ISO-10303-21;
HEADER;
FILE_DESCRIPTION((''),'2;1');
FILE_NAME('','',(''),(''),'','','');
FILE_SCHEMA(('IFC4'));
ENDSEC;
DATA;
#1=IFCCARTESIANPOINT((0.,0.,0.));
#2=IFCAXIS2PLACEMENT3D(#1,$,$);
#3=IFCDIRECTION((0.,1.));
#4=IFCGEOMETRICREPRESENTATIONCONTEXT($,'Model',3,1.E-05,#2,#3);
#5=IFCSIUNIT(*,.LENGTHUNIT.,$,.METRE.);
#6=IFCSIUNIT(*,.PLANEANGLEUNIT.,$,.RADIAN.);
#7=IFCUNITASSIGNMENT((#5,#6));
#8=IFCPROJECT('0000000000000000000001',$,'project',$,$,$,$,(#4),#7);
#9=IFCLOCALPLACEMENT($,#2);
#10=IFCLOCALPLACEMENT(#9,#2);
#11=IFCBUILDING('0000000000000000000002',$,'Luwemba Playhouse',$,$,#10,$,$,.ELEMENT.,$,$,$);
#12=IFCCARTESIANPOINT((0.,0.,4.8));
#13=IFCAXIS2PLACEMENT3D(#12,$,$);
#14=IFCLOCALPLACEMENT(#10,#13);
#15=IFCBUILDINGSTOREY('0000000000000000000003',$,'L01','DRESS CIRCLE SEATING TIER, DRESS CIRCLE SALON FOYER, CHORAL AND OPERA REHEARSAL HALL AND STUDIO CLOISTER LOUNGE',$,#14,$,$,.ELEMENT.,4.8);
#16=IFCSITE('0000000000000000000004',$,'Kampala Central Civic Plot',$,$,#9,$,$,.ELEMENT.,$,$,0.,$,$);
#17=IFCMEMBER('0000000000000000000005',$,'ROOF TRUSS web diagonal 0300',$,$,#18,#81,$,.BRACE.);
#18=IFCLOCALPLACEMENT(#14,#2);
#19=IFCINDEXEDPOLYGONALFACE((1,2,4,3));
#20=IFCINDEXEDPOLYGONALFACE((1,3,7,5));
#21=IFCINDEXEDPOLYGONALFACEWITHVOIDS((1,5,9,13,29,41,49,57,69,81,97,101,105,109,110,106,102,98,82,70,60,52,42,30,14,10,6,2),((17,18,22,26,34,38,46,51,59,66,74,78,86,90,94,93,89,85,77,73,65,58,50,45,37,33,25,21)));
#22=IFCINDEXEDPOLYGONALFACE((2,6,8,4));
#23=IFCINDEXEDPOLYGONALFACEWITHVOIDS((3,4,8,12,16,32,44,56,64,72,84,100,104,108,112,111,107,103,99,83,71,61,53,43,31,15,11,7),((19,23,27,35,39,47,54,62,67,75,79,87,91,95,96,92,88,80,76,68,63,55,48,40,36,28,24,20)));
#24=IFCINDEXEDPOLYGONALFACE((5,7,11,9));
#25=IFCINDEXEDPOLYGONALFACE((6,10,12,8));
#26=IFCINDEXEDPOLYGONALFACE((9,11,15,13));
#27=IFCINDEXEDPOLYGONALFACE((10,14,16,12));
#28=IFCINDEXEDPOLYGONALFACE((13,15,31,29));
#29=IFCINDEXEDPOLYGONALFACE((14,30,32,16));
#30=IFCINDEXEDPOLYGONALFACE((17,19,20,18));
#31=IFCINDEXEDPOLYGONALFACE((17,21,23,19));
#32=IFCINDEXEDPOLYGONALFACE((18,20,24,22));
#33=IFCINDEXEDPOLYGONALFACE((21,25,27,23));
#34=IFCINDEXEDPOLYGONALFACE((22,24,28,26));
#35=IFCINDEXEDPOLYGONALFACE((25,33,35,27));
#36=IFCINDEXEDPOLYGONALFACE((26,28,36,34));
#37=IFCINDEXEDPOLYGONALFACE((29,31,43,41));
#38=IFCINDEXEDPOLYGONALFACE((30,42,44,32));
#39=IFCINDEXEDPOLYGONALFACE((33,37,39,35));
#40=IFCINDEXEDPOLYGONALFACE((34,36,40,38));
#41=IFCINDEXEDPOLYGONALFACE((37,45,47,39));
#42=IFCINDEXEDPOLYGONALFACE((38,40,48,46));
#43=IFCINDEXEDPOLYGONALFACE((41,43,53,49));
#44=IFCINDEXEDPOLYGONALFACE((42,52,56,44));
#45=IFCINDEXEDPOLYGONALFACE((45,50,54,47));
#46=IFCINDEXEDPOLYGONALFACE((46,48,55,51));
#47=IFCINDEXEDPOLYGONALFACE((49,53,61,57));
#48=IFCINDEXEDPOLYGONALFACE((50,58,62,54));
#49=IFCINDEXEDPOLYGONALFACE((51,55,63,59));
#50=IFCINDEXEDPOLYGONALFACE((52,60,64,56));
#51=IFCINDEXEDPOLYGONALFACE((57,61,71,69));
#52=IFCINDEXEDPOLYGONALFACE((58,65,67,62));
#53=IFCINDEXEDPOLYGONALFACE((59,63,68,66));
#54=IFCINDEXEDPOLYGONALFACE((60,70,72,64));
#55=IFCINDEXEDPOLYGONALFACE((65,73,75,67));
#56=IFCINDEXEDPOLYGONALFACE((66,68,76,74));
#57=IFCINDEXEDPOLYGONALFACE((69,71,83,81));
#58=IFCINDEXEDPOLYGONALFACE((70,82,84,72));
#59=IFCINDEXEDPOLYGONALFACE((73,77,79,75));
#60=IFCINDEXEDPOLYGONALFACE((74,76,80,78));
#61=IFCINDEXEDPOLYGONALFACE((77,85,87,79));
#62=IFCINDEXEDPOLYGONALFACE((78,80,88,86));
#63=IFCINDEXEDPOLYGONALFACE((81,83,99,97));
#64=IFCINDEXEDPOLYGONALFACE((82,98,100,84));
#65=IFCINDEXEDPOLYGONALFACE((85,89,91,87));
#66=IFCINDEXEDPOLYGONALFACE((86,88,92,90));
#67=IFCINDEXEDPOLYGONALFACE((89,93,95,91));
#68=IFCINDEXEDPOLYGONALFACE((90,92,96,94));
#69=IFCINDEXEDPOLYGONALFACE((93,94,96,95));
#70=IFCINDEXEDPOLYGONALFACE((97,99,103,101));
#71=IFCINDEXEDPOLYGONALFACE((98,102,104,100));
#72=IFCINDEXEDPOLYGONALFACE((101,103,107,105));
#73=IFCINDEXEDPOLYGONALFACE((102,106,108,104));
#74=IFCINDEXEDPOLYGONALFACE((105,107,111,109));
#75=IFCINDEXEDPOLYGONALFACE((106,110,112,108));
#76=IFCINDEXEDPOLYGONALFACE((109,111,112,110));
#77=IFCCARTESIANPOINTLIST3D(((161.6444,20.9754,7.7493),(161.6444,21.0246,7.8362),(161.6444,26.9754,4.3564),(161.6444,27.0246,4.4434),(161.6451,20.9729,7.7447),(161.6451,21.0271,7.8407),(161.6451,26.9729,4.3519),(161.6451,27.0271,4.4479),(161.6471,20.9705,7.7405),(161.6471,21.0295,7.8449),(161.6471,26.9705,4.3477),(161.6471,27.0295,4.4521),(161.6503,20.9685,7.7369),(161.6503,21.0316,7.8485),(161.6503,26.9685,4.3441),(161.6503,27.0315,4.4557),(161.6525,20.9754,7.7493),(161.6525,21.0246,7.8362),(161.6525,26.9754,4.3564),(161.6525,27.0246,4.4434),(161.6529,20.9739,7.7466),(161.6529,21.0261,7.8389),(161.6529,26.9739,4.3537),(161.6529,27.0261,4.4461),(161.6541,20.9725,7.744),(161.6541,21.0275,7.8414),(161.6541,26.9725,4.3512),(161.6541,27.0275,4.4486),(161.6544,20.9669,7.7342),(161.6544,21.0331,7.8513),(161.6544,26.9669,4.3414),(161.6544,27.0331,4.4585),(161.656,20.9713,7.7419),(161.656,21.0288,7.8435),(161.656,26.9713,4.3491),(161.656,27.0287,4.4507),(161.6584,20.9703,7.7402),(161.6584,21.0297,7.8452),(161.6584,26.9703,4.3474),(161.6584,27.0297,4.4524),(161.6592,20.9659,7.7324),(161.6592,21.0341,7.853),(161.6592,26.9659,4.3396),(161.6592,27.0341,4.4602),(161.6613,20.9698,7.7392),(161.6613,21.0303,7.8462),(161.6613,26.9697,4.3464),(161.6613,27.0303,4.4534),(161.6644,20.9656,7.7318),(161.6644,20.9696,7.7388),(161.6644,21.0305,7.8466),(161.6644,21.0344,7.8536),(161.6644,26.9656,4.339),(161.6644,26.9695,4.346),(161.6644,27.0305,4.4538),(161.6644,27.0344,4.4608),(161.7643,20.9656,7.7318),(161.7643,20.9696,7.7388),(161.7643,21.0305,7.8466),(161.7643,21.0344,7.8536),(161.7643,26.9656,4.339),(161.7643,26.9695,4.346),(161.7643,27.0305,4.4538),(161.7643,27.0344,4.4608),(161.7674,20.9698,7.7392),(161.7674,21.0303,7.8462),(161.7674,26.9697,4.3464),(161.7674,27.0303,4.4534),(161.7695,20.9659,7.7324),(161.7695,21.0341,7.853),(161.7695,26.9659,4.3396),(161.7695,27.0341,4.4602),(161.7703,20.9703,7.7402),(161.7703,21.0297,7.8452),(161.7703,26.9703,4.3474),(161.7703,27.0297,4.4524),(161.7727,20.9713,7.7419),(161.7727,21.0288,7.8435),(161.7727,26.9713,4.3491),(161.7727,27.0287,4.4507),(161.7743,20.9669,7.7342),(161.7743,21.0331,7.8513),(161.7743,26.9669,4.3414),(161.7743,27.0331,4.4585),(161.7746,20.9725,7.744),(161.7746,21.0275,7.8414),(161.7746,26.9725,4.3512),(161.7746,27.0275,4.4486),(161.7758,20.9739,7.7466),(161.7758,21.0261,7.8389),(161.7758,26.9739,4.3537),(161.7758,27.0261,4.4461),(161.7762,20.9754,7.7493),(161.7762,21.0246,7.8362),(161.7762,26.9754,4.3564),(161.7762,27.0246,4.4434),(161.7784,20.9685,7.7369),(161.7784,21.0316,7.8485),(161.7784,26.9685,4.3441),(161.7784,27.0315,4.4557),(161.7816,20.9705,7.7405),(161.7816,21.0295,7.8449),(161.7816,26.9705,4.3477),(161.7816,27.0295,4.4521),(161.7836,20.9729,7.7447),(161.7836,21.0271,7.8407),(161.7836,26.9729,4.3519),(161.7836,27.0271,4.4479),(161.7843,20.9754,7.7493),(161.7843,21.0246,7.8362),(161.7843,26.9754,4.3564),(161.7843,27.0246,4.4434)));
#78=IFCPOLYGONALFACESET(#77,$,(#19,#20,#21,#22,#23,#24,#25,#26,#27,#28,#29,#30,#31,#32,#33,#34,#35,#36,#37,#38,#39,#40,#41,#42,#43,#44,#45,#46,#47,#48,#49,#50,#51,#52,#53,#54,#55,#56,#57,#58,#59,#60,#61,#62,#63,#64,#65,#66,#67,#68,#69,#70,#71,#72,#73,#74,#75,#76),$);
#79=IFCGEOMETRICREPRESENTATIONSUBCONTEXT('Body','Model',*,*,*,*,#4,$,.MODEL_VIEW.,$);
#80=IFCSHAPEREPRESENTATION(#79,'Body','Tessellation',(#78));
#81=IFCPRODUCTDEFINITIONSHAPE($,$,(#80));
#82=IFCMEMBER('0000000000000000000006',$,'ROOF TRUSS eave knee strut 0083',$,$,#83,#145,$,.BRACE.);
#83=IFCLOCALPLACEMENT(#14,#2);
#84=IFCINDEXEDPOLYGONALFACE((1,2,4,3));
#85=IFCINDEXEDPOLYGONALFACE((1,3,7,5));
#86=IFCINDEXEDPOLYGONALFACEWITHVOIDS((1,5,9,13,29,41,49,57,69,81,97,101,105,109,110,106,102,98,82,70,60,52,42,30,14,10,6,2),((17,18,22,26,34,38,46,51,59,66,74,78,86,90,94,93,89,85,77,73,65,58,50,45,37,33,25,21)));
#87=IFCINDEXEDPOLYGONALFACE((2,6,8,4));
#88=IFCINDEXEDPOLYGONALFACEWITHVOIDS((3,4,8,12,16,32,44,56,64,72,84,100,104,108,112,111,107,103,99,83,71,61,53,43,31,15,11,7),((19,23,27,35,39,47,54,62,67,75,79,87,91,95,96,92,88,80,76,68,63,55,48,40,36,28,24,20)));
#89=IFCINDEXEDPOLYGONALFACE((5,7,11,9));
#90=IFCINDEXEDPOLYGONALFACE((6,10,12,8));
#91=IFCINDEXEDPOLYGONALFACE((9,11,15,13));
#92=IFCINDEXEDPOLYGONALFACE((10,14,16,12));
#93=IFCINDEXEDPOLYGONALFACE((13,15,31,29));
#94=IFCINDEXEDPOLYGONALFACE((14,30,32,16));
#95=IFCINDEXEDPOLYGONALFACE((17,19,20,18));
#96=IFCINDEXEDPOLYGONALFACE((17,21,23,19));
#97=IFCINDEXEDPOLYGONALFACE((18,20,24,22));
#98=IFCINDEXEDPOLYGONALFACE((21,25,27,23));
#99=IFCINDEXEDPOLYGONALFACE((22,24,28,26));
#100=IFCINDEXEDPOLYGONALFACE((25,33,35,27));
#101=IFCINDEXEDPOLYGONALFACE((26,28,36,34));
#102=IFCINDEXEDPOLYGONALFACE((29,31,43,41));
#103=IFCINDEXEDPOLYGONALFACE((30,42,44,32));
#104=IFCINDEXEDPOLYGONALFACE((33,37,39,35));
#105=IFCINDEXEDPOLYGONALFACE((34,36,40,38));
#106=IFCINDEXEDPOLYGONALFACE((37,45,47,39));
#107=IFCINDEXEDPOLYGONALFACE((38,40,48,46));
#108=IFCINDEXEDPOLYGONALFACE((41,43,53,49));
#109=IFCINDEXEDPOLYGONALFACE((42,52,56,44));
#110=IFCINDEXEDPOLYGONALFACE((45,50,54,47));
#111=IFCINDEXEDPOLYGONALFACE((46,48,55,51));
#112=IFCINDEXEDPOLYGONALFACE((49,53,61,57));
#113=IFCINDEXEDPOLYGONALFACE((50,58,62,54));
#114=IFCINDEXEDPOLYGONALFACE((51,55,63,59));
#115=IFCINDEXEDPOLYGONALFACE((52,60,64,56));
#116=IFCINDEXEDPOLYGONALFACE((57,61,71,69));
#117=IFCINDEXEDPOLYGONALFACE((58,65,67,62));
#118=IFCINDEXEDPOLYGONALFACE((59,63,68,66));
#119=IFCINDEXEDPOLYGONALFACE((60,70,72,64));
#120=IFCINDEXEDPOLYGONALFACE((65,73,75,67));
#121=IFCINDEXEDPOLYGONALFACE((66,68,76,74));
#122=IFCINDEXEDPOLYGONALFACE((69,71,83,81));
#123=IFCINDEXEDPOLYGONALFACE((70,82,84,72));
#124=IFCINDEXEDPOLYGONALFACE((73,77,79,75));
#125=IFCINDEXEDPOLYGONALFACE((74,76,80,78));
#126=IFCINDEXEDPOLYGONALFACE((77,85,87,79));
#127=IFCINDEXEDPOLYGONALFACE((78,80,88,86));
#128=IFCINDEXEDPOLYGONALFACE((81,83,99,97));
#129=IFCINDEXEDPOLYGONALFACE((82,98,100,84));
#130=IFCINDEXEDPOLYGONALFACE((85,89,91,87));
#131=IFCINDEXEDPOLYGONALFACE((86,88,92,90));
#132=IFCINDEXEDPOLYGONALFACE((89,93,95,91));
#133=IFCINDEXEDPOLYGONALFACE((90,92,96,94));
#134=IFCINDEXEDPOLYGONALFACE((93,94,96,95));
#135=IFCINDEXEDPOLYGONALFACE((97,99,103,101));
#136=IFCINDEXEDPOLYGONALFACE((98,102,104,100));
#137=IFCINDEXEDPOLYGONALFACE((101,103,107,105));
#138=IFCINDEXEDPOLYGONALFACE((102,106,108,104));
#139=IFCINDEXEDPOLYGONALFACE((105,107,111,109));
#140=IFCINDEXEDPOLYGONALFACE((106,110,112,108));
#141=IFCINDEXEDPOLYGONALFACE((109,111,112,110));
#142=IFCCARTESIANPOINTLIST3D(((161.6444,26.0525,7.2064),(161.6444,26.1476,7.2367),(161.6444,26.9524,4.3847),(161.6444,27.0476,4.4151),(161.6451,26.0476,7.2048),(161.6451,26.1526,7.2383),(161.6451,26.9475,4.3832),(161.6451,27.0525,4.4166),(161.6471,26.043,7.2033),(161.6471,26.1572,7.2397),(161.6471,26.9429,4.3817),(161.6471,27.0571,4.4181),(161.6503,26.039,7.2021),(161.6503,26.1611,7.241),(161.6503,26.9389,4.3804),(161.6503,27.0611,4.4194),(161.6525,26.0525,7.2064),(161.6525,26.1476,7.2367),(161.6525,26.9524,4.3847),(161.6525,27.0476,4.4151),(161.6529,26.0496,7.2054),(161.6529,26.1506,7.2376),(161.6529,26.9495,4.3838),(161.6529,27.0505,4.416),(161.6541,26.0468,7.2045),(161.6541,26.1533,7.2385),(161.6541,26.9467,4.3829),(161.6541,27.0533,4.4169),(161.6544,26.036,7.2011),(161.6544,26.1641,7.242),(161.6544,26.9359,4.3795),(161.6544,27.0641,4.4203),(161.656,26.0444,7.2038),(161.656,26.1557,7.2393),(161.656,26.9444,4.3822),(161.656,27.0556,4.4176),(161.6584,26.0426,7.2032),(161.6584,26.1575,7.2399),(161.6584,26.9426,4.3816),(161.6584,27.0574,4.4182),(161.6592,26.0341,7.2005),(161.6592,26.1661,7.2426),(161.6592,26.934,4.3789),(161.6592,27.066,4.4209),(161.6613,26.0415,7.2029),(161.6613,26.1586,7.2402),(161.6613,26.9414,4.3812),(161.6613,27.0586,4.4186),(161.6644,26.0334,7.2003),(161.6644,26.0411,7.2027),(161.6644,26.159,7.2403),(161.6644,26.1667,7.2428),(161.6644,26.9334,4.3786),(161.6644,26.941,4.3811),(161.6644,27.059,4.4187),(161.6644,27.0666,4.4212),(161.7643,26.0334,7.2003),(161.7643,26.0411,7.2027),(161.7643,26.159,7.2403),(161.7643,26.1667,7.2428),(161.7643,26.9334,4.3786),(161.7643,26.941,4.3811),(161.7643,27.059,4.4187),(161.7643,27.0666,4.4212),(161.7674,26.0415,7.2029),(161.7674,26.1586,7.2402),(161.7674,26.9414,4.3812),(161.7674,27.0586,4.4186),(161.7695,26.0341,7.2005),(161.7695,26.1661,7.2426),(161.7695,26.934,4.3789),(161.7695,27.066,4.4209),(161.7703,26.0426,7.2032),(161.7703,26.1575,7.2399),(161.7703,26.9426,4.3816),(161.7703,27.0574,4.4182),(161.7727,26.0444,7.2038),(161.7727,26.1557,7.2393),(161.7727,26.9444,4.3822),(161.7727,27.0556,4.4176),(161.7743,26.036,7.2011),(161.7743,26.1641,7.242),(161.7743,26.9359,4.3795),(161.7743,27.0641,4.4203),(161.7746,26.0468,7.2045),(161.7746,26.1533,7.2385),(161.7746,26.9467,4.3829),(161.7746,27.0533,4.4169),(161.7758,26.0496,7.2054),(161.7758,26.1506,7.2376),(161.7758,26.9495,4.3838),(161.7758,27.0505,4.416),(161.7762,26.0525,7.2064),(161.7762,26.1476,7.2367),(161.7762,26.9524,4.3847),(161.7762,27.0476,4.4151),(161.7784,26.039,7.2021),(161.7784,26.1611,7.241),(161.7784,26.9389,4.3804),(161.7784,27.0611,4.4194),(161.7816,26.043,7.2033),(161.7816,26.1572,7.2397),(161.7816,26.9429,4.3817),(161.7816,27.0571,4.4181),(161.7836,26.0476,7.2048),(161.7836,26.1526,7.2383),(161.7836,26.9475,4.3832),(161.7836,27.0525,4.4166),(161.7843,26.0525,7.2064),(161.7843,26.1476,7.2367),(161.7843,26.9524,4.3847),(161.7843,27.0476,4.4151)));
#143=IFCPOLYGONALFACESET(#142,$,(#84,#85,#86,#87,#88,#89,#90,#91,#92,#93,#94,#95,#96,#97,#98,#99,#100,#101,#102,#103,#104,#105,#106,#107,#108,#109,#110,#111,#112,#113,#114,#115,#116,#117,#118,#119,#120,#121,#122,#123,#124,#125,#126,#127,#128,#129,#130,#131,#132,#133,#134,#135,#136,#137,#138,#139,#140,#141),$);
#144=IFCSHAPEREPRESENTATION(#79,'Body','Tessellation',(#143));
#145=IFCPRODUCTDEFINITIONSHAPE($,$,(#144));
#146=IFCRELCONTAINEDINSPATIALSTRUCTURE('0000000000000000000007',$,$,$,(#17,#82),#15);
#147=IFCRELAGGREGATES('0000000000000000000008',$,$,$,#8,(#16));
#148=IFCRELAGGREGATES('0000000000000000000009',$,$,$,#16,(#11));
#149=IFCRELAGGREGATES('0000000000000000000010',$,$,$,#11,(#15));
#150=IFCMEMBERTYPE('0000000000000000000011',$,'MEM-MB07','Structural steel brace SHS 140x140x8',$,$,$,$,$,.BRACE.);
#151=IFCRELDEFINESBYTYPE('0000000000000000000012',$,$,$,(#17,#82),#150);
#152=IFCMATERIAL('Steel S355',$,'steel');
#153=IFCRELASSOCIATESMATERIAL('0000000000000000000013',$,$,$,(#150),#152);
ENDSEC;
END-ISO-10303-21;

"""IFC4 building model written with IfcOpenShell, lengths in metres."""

from ifc_helpers import new_model, si_unit, direction, frame, origin, origin_2d, place, context, subcontext, project, spatial, hollow_rectangle, extrude, material, material_profile, profile_set, type_object, element, save


model = new_model("IFC4")

# Units and contexts
model_context = context("Model", 3, precision=1e-05, world=origin(), true_north=direction((0.0, 1.0)))
body_context = subcontext(model_context, "Body", "Model", "MODEL_VIEW")
ifc_project = project(units=[si_unit("LENGTHUNIT", "METRE"), si_unit("PLANEANGLEUNIT", "RADIAN")], contexts=[model_context])

# Site, building, storey
site_placement = place(None, origin())
site = spatial("IfcSite", under=ifc_project, at=site_placement, Name="Kampala Central Civic Plot", CompositionType="ELEMENT", RefElevation=0.0)
building_placement = place(site_placement, origin())
building = spatial("IfcBuilding", under=site, at=building_placement, Name="Luwemba Playhouse", CompositionType="ELEMENT")
storey_placement = place(building_placement, frame((0.0, 0.0, 4.8)))
storey = spatial("IfcBuildingStorey", under=building, at=storey_placement, Name="L01", Description="DRESS CIRCLE SEATING TIER, DRESS CIRCLE SALON FOYER, CHORAL AND OPERA REHEARSAL HALL AND STUDIO CLOISTER LOUNGE", CompositionType="ELEMENT", Elevation=4.8)

# Members
ifc_material_1 = material(Name="Steel S355", Category="steel")
ifc_material_profile_1 = material_profile(ifc_material_1, hollow_rectangle(XDim=0.1399, YDim=0.1399, WallThickness=0.0081, InnerFilletRadius=0.012, OuterFilletRadius=0.02, at=origin_2d()))
ifc_profile_set_1 = profile_set([ifc_material_profile_1], Name="Steel S355")
member_type_1 = type_object("IfcMemberType", Name="MEM-MB07", Description="Structural steel brace SHS 140x140x8", PredefinedType="BRACE", material=ifc_profile_set_1)
member_1_placement = place(storey_placement, frame((161.7144, 27.0, 4.3999), z_axis=(0.0, -0.870468, 0.492224), x_axis=(1.0, 0.0, 0.0)))
element("IfcMember", 1, at=member_1_placement, inside=storey, type_object=member_type_1, Name="ROOF TRUSS web diagonal 0300", PredefinedType="BRACE", context=body_context, shape_type="SweptSolid", body=[
    extrude(hollow_rectangle(XDim=0.1399, YDim=0.1399, WallThickness=0.0081, InnerFilletRadius=0.012, OuterFilletRadius=0.02, at=origin_2d()), origin(), (0.0, 0.0, 1.0), 6.8928),
])
member_2_placement = place(storey_placement, frame((161.7144, 27.0, 4.3999), z_axis=(0.0, -0.30386, 0.952717), x_axis=(1.0, 0.0, 0.0)))
element("IfcMember", 2, at=member_2_placement, inside=storey, type_object=member_type_1, Name="ROOF TRUSS eave knee strut 0083", PredefinedType="BRACE", context=body_context, shape_type="SweptSolid", body=[
    extrude(hollow_rectangle(XDim=0.1399, YDim=0.1399, WallThickness=0.0081, InnerFilletRadius=0.012, OuterFilletRadius=0.02, at=origin_2d()), origin(), (0.0, 0.0, 1.0), 2.9617),
])

save(model, "model.ifc")
